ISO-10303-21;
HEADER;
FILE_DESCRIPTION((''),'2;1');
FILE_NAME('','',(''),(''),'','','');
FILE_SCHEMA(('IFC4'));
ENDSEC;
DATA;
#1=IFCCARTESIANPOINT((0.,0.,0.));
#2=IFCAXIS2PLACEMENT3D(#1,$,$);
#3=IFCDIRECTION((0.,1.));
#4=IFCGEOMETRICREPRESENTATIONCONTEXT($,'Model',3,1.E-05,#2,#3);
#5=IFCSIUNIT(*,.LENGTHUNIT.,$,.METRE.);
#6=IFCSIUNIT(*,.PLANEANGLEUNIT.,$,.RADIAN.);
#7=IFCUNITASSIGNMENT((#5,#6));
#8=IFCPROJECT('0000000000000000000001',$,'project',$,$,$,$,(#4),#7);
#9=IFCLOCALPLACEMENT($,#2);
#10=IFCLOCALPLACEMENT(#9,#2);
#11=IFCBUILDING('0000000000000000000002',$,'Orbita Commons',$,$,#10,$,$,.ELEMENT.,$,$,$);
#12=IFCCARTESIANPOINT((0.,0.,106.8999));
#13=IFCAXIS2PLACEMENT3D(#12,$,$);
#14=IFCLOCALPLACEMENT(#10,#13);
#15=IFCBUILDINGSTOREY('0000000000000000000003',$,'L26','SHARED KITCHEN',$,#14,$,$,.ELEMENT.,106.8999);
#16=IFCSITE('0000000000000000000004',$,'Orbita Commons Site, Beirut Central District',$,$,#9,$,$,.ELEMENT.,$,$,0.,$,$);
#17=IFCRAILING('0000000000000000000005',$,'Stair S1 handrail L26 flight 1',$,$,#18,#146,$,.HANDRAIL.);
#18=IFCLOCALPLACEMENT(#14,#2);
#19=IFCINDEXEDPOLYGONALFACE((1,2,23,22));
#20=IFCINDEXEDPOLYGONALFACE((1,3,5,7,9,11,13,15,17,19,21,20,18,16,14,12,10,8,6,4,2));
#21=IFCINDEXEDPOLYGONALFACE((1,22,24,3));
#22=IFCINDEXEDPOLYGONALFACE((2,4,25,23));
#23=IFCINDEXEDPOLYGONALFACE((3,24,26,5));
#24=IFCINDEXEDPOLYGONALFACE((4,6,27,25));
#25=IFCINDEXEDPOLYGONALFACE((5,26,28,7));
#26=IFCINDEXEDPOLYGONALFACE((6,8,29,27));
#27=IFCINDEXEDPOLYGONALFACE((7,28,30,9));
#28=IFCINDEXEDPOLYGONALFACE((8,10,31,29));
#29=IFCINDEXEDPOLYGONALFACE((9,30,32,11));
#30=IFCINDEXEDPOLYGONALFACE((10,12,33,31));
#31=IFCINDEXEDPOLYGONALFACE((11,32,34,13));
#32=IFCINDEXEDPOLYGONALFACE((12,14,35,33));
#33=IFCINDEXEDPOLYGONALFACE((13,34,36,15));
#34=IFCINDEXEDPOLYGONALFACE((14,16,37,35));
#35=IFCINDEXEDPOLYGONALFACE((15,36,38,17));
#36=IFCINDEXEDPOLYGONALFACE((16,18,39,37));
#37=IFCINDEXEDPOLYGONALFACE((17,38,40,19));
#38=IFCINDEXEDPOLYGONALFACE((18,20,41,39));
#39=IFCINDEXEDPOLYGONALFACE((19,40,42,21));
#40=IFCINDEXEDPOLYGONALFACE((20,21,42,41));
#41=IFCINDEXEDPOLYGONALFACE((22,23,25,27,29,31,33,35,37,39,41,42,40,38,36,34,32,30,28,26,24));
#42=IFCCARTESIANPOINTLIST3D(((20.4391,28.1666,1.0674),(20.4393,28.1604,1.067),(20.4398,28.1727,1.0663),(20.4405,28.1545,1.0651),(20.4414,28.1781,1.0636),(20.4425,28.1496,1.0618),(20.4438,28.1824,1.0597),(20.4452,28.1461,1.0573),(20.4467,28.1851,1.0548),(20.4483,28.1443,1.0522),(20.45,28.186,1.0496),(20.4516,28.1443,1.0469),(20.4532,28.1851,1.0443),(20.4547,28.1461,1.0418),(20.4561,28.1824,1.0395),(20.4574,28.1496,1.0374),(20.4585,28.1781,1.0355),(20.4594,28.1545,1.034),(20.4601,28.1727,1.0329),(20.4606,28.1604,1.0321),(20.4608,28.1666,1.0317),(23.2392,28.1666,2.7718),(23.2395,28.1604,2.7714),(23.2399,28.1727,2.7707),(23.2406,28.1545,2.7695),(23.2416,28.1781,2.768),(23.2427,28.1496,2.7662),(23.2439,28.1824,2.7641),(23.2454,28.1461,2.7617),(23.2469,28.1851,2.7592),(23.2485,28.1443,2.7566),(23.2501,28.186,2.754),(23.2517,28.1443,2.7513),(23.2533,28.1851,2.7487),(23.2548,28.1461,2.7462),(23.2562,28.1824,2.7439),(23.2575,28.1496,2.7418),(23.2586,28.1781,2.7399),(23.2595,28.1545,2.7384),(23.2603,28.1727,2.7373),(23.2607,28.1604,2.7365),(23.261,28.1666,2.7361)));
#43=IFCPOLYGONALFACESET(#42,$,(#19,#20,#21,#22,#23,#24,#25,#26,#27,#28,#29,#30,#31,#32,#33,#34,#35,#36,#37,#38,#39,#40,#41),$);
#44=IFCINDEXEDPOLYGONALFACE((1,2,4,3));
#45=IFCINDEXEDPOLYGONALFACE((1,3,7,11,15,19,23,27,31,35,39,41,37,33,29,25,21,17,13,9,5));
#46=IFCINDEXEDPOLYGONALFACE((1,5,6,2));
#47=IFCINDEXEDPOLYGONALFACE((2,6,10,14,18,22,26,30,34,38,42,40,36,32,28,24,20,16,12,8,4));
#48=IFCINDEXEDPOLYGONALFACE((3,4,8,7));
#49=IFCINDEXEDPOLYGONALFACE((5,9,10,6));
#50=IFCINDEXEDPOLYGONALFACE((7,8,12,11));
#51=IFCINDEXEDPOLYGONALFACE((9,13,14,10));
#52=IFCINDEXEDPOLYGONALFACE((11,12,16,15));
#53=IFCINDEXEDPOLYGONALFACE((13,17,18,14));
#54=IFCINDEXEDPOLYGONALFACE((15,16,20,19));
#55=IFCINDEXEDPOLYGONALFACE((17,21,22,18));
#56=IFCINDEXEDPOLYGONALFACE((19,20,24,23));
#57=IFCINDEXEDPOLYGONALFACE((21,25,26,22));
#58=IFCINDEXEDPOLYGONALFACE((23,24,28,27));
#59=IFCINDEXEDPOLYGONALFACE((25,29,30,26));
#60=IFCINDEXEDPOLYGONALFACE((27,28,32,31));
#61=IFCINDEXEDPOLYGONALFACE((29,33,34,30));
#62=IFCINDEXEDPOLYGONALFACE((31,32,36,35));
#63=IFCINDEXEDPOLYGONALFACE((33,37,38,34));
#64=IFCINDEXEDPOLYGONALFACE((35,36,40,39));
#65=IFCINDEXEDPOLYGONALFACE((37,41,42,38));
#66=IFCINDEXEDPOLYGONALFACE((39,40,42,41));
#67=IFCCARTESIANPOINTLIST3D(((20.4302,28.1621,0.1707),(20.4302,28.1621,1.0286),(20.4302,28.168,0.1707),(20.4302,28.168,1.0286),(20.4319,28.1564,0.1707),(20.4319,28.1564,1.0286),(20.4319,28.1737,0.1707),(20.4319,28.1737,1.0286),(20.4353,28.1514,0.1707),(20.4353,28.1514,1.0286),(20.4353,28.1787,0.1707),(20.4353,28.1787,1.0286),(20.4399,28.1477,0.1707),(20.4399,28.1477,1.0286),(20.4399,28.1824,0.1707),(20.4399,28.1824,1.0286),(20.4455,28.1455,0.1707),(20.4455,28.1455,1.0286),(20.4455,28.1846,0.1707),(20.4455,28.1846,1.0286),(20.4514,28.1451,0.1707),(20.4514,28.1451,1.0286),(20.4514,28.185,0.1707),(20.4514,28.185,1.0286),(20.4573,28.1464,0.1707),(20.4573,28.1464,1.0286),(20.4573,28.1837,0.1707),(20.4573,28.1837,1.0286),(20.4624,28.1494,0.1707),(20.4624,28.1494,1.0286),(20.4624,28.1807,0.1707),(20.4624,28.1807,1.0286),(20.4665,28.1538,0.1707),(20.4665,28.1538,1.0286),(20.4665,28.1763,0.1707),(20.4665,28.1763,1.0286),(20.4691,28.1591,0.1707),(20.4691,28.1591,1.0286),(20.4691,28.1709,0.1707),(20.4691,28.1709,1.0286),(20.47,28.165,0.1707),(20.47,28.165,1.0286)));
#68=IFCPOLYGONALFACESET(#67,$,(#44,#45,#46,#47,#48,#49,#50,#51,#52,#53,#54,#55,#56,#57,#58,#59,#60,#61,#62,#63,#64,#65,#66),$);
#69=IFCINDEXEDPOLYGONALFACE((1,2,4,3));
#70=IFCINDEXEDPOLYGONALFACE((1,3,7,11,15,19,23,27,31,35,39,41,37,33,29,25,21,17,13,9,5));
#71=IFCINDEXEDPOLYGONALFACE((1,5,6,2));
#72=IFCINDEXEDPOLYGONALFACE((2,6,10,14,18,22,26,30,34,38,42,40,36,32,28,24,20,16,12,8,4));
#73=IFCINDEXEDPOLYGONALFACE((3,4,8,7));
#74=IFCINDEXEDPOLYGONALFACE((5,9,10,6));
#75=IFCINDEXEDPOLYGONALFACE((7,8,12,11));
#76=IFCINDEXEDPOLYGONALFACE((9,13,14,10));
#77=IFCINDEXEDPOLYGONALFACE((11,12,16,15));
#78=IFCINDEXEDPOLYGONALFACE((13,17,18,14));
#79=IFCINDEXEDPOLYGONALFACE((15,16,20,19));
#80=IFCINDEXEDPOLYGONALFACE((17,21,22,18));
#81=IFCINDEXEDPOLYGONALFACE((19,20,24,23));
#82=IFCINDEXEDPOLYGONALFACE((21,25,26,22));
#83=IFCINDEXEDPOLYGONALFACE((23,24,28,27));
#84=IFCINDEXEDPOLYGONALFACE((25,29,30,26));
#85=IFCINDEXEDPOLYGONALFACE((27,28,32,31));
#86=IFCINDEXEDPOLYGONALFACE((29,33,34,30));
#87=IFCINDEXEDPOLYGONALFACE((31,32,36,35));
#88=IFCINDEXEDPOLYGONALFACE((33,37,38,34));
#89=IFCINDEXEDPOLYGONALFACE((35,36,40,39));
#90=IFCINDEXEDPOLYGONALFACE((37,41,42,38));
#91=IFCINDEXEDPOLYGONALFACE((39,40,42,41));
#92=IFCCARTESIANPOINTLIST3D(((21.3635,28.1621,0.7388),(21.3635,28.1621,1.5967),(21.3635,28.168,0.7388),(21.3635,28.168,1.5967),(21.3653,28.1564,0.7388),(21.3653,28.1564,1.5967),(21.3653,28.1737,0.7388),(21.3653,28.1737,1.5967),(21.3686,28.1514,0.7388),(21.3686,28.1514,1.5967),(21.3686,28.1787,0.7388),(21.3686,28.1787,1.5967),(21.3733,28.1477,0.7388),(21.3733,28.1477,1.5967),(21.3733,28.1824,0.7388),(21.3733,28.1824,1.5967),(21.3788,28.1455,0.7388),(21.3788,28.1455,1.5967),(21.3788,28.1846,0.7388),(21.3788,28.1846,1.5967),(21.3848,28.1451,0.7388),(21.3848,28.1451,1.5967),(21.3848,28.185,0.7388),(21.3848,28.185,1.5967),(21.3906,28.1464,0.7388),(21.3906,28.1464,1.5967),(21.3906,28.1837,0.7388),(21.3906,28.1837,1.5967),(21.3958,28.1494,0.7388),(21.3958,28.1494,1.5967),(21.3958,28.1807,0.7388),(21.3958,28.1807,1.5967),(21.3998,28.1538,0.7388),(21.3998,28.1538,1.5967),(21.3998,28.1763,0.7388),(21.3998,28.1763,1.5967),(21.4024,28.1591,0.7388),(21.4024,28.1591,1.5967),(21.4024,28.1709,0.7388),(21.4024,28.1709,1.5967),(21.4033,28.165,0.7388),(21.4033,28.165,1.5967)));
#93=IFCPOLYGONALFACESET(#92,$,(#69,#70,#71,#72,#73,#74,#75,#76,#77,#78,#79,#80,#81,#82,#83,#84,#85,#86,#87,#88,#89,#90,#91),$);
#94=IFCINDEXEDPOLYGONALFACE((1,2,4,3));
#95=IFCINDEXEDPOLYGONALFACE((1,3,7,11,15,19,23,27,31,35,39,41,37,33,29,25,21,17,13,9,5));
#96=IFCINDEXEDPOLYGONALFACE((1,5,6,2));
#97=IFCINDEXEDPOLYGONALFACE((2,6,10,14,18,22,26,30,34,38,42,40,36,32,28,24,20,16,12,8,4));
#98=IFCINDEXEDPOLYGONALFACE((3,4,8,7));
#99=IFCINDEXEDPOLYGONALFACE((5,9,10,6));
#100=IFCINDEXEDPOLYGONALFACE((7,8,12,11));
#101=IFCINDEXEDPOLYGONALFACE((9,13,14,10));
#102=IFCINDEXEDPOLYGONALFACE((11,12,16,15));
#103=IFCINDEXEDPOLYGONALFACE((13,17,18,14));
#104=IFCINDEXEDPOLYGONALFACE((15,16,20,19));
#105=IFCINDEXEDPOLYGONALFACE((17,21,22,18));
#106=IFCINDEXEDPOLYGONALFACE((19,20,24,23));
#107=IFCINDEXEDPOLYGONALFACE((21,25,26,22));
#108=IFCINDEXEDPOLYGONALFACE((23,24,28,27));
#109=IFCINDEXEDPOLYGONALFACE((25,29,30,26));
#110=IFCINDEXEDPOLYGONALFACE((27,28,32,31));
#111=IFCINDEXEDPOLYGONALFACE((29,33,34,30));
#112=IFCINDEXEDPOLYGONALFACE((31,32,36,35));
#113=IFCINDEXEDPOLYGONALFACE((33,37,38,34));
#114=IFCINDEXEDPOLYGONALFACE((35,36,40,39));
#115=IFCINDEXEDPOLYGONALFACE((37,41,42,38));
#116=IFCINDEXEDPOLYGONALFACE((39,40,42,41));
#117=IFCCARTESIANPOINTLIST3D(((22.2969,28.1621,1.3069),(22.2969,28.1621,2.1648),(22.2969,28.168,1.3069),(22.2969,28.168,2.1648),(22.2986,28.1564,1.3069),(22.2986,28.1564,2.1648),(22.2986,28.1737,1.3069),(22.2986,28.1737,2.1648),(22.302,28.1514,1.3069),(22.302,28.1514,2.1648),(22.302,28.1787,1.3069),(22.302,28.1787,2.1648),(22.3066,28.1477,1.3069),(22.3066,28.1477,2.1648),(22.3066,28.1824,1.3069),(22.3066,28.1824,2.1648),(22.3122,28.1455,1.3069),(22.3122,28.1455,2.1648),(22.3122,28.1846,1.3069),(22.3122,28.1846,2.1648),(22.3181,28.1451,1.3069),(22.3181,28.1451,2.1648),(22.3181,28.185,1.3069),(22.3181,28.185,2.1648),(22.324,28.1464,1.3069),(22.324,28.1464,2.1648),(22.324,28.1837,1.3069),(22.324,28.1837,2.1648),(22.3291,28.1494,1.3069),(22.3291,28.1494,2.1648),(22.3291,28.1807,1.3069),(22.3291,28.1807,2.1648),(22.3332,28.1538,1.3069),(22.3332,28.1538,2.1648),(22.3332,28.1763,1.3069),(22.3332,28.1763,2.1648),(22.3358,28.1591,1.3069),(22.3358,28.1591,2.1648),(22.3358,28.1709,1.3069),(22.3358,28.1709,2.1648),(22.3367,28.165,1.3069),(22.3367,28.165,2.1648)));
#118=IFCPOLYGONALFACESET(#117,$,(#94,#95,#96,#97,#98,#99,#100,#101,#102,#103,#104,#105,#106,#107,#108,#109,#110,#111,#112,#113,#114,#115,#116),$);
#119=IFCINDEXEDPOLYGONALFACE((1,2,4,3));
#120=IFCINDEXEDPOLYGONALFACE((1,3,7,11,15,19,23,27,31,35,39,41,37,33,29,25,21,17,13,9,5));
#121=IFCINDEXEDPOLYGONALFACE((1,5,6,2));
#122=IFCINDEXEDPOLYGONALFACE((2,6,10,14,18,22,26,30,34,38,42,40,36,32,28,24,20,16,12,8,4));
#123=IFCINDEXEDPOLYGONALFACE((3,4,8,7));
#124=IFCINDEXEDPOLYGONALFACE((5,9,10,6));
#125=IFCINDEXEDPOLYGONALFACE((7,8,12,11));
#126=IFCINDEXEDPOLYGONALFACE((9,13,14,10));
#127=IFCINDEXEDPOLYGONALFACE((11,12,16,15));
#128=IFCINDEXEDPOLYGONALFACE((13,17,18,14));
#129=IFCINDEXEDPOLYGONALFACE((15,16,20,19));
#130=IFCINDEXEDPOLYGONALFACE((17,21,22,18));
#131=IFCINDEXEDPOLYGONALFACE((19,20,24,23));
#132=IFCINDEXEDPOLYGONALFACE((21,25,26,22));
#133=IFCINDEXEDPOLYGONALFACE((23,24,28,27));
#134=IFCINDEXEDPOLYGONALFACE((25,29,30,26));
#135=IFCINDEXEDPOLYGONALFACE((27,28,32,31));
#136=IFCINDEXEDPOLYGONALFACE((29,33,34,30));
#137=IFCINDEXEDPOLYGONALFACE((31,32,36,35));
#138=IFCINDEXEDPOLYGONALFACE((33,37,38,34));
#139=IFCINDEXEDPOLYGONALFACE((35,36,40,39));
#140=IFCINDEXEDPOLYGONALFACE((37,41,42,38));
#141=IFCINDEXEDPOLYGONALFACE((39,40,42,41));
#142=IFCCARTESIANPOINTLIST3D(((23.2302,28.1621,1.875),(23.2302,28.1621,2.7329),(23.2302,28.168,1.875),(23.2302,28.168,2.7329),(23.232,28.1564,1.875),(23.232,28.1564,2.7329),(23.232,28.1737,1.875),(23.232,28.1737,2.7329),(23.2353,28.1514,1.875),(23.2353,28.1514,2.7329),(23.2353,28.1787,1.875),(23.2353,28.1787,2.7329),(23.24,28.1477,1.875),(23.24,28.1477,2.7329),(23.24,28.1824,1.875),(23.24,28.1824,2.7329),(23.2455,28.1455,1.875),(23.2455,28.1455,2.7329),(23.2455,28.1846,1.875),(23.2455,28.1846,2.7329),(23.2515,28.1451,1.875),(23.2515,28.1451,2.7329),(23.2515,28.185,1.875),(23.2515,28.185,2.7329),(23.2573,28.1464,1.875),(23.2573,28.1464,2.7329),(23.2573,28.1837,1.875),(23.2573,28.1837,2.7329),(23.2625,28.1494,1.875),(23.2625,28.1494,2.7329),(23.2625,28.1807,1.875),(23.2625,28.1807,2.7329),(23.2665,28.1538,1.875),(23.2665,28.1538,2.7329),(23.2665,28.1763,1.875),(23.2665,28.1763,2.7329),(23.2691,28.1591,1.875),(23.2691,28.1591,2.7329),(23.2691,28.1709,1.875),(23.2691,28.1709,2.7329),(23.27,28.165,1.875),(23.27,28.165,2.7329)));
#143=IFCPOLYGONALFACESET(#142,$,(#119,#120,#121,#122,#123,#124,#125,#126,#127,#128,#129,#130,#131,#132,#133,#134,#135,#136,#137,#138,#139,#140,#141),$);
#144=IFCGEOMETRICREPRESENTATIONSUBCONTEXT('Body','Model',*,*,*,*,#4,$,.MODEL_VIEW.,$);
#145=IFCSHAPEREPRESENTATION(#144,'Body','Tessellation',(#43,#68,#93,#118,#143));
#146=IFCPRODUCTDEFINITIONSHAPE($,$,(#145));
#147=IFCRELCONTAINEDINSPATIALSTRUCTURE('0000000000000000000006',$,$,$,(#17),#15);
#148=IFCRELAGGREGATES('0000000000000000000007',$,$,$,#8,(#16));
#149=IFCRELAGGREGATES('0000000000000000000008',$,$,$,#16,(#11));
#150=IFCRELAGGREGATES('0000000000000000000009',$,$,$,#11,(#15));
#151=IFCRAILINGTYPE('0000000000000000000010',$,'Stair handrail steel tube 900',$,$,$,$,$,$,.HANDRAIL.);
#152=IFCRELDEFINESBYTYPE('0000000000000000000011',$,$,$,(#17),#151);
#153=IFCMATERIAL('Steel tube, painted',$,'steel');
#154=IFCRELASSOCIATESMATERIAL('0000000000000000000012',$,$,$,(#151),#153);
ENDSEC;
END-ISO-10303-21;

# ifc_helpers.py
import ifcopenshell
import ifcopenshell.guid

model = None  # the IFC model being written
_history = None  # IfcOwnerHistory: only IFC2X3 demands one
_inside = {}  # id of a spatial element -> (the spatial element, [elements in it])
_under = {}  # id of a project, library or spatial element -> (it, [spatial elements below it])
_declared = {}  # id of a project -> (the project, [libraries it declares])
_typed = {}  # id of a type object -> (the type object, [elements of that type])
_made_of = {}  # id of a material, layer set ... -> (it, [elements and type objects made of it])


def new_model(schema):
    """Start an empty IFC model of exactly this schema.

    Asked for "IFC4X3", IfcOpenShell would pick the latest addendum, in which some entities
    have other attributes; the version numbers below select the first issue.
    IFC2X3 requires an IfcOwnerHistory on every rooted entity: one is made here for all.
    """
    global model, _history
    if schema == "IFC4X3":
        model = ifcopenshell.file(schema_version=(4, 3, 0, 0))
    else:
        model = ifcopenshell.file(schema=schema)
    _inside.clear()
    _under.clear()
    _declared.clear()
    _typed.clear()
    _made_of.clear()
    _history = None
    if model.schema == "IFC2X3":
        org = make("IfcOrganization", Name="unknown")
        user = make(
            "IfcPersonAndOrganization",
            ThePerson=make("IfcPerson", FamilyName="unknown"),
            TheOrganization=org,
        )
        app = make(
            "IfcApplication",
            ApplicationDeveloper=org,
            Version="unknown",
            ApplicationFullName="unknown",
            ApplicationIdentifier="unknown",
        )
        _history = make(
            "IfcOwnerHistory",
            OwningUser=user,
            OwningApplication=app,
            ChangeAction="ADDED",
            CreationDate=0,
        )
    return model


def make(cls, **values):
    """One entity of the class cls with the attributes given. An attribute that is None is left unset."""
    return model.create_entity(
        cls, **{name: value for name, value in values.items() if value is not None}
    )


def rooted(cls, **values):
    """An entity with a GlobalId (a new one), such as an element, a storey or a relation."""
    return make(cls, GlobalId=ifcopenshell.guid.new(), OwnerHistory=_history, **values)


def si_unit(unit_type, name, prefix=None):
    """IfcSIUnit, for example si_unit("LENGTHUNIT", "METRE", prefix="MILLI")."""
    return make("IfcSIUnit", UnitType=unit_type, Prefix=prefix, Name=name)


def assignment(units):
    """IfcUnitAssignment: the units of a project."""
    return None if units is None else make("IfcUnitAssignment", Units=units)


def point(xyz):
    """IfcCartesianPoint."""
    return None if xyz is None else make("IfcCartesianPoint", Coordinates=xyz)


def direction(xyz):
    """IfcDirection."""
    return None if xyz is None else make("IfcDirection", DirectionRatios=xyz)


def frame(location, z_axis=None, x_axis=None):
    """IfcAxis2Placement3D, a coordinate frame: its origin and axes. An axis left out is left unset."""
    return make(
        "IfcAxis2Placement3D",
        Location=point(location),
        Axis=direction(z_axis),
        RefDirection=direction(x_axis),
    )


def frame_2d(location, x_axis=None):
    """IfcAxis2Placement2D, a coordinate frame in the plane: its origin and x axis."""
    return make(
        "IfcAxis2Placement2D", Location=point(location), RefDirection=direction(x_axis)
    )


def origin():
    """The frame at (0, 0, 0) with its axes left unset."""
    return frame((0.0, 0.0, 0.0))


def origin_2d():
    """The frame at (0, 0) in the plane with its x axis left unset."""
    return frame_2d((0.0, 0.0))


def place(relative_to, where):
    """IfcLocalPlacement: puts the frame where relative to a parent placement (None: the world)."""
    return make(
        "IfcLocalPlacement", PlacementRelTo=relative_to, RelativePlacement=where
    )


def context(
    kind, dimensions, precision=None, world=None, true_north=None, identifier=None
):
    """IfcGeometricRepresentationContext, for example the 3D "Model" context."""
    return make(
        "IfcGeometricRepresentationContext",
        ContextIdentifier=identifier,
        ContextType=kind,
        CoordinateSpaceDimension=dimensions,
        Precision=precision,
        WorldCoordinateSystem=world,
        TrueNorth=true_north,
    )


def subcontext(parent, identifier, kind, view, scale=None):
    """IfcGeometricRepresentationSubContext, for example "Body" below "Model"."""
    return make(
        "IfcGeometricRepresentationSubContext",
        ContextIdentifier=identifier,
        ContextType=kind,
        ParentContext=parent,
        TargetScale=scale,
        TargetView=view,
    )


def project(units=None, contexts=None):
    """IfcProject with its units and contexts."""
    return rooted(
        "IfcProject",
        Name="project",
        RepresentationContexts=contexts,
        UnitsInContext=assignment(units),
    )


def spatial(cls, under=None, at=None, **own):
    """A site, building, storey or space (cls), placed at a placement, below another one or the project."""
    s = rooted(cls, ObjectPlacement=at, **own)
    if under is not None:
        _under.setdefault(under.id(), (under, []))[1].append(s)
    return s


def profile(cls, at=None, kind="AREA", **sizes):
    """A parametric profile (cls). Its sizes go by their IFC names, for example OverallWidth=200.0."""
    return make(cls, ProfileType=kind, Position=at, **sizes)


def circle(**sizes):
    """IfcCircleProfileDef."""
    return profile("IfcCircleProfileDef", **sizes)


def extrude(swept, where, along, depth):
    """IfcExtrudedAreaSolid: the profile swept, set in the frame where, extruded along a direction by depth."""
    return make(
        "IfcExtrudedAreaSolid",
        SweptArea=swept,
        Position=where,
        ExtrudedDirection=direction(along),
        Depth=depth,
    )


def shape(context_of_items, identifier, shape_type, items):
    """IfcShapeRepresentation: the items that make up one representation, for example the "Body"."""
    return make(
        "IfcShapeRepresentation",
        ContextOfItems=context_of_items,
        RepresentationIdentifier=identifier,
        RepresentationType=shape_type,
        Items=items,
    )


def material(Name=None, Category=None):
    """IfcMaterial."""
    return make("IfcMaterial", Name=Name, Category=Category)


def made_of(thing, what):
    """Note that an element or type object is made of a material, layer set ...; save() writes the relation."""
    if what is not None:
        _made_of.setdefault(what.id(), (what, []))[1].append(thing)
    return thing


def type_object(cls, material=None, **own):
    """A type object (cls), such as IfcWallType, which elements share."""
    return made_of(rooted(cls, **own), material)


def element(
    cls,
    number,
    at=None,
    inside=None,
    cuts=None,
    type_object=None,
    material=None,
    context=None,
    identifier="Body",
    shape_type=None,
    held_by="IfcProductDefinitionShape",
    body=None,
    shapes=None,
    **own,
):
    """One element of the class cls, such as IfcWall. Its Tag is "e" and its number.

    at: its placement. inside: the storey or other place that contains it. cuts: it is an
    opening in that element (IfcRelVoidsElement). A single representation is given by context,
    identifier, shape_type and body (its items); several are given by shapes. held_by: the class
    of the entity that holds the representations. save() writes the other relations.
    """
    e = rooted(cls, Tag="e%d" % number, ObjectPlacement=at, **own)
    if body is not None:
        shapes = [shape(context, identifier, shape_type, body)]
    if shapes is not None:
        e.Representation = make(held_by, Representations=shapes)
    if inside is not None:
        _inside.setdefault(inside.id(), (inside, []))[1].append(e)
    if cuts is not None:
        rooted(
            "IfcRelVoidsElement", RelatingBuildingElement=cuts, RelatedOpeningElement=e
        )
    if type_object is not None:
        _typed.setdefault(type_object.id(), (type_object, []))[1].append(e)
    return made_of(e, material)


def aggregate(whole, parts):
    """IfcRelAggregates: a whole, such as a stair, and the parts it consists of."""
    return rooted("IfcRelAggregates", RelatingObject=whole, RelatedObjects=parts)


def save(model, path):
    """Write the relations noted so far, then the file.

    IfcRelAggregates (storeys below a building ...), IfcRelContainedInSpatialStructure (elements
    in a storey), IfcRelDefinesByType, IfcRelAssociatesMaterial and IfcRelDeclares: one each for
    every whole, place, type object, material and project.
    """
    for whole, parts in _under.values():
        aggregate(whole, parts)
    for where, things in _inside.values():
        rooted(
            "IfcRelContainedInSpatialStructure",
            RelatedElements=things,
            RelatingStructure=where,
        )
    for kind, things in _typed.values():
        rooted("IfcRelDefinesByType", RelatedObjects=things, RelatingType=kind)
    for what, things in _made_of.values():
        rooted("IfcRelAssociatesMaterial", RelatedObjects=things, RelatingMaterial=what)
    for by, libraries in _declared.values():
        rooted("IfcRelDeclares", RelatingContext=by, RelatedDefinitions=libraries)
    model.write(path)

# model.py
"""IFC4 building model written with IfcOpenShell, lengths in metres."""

from ifc_helpers import new_model, si_unit, direction, frame, origin, origin_2d, place, context, subcontext, project, spatial, circle, extrude, material, type_object, element, save


model = new_model("IFC4")

# Units and contexts
model_context = context("Model", 3, precision=1e-05, world=origin(), true_north=direction((0.0, 1.0)))
body_context = subcontext(model_context, "Body", "Model", "MODEL_VIEW")
ifc_project = project(units=[si_unit("LENGTHUNIT", "METRE"), si_unit("PLANEANGLEUNIT", "RADIAN")], contexts=[model_context])

# Site, building, storey
site_placement = place(None, origin())
site = spatial("IfcSite", under=ifc_project, at=site_placement, Name="Orbita Commons Site, Beirut Central District", CompositionType="ELEMENT", RefElevation=0.0)
building_placement = place(site_placement, origin())
building = spatial("IfcBuilding", under=site, at=building_placement, Name="Orbita Commons", CompositionType="ELEMENT")
storey_placement = place(building_placement, frame((0.0, 0.0, 106.8999)))
storey = spatial("IfcBuildingStorey", under=building, at=storey_placement, Name="L26", Description="SHARED KITCHEN", CompositionType="ELEMENT", Elevation=106.8999)

# Railing
ifc_material = material(Name="Steel tube, painted", Category="steel")
railing_type = type_object("IfcRailingType", Name="Stair handrail steel tube 900", PredefinedType="HANDRAIL", material=ifc_material)
railing_placement = place(storey_placement, frame((20.45, 28.165, 0.1707)))
element("IfcRailing", 1, at=railing_placement, inside=storey, type_object=railing_type, Name="Stair S1 handrail L26 flight 1", PredefinedType="HANDRAIL", context=body_context, shape_type="SweptSolid", body=[
    extrude(circle(Radius=0.021, at=origin_2d()), frame((0.0, 0.0, 0.8789), z_axis=(0.854203, 0.0, 0.51994), x_axis=(0.0, 1.0, 0.0)), (0.0, 0.0, 1.0), 3.2781),
    extrude(circle(Radius=0.02, at=origin_2d()), origin(), (0.0, 0.0, 1.0), 0.8579),
    extrude(circle(Radius=0.02, at=origin_2d()), frame((0.9333, 0.0, 0.5681)), (0.0, 0.0, 1.0), 0.8579),
    extrude(circle(Radius=0.02, at=origin_2d()), frame((1.8667, 0.0, 1.1362)), (0.0, 0.0, 1.0), 0.8579),
    extrude(circle(Radius=0.02, at=origin_2d()), frame((2.8, 0.0, 1.7043)), (0.0, 0.0, 1.0), 0.8579),
])

save(model, "model.ifc")
